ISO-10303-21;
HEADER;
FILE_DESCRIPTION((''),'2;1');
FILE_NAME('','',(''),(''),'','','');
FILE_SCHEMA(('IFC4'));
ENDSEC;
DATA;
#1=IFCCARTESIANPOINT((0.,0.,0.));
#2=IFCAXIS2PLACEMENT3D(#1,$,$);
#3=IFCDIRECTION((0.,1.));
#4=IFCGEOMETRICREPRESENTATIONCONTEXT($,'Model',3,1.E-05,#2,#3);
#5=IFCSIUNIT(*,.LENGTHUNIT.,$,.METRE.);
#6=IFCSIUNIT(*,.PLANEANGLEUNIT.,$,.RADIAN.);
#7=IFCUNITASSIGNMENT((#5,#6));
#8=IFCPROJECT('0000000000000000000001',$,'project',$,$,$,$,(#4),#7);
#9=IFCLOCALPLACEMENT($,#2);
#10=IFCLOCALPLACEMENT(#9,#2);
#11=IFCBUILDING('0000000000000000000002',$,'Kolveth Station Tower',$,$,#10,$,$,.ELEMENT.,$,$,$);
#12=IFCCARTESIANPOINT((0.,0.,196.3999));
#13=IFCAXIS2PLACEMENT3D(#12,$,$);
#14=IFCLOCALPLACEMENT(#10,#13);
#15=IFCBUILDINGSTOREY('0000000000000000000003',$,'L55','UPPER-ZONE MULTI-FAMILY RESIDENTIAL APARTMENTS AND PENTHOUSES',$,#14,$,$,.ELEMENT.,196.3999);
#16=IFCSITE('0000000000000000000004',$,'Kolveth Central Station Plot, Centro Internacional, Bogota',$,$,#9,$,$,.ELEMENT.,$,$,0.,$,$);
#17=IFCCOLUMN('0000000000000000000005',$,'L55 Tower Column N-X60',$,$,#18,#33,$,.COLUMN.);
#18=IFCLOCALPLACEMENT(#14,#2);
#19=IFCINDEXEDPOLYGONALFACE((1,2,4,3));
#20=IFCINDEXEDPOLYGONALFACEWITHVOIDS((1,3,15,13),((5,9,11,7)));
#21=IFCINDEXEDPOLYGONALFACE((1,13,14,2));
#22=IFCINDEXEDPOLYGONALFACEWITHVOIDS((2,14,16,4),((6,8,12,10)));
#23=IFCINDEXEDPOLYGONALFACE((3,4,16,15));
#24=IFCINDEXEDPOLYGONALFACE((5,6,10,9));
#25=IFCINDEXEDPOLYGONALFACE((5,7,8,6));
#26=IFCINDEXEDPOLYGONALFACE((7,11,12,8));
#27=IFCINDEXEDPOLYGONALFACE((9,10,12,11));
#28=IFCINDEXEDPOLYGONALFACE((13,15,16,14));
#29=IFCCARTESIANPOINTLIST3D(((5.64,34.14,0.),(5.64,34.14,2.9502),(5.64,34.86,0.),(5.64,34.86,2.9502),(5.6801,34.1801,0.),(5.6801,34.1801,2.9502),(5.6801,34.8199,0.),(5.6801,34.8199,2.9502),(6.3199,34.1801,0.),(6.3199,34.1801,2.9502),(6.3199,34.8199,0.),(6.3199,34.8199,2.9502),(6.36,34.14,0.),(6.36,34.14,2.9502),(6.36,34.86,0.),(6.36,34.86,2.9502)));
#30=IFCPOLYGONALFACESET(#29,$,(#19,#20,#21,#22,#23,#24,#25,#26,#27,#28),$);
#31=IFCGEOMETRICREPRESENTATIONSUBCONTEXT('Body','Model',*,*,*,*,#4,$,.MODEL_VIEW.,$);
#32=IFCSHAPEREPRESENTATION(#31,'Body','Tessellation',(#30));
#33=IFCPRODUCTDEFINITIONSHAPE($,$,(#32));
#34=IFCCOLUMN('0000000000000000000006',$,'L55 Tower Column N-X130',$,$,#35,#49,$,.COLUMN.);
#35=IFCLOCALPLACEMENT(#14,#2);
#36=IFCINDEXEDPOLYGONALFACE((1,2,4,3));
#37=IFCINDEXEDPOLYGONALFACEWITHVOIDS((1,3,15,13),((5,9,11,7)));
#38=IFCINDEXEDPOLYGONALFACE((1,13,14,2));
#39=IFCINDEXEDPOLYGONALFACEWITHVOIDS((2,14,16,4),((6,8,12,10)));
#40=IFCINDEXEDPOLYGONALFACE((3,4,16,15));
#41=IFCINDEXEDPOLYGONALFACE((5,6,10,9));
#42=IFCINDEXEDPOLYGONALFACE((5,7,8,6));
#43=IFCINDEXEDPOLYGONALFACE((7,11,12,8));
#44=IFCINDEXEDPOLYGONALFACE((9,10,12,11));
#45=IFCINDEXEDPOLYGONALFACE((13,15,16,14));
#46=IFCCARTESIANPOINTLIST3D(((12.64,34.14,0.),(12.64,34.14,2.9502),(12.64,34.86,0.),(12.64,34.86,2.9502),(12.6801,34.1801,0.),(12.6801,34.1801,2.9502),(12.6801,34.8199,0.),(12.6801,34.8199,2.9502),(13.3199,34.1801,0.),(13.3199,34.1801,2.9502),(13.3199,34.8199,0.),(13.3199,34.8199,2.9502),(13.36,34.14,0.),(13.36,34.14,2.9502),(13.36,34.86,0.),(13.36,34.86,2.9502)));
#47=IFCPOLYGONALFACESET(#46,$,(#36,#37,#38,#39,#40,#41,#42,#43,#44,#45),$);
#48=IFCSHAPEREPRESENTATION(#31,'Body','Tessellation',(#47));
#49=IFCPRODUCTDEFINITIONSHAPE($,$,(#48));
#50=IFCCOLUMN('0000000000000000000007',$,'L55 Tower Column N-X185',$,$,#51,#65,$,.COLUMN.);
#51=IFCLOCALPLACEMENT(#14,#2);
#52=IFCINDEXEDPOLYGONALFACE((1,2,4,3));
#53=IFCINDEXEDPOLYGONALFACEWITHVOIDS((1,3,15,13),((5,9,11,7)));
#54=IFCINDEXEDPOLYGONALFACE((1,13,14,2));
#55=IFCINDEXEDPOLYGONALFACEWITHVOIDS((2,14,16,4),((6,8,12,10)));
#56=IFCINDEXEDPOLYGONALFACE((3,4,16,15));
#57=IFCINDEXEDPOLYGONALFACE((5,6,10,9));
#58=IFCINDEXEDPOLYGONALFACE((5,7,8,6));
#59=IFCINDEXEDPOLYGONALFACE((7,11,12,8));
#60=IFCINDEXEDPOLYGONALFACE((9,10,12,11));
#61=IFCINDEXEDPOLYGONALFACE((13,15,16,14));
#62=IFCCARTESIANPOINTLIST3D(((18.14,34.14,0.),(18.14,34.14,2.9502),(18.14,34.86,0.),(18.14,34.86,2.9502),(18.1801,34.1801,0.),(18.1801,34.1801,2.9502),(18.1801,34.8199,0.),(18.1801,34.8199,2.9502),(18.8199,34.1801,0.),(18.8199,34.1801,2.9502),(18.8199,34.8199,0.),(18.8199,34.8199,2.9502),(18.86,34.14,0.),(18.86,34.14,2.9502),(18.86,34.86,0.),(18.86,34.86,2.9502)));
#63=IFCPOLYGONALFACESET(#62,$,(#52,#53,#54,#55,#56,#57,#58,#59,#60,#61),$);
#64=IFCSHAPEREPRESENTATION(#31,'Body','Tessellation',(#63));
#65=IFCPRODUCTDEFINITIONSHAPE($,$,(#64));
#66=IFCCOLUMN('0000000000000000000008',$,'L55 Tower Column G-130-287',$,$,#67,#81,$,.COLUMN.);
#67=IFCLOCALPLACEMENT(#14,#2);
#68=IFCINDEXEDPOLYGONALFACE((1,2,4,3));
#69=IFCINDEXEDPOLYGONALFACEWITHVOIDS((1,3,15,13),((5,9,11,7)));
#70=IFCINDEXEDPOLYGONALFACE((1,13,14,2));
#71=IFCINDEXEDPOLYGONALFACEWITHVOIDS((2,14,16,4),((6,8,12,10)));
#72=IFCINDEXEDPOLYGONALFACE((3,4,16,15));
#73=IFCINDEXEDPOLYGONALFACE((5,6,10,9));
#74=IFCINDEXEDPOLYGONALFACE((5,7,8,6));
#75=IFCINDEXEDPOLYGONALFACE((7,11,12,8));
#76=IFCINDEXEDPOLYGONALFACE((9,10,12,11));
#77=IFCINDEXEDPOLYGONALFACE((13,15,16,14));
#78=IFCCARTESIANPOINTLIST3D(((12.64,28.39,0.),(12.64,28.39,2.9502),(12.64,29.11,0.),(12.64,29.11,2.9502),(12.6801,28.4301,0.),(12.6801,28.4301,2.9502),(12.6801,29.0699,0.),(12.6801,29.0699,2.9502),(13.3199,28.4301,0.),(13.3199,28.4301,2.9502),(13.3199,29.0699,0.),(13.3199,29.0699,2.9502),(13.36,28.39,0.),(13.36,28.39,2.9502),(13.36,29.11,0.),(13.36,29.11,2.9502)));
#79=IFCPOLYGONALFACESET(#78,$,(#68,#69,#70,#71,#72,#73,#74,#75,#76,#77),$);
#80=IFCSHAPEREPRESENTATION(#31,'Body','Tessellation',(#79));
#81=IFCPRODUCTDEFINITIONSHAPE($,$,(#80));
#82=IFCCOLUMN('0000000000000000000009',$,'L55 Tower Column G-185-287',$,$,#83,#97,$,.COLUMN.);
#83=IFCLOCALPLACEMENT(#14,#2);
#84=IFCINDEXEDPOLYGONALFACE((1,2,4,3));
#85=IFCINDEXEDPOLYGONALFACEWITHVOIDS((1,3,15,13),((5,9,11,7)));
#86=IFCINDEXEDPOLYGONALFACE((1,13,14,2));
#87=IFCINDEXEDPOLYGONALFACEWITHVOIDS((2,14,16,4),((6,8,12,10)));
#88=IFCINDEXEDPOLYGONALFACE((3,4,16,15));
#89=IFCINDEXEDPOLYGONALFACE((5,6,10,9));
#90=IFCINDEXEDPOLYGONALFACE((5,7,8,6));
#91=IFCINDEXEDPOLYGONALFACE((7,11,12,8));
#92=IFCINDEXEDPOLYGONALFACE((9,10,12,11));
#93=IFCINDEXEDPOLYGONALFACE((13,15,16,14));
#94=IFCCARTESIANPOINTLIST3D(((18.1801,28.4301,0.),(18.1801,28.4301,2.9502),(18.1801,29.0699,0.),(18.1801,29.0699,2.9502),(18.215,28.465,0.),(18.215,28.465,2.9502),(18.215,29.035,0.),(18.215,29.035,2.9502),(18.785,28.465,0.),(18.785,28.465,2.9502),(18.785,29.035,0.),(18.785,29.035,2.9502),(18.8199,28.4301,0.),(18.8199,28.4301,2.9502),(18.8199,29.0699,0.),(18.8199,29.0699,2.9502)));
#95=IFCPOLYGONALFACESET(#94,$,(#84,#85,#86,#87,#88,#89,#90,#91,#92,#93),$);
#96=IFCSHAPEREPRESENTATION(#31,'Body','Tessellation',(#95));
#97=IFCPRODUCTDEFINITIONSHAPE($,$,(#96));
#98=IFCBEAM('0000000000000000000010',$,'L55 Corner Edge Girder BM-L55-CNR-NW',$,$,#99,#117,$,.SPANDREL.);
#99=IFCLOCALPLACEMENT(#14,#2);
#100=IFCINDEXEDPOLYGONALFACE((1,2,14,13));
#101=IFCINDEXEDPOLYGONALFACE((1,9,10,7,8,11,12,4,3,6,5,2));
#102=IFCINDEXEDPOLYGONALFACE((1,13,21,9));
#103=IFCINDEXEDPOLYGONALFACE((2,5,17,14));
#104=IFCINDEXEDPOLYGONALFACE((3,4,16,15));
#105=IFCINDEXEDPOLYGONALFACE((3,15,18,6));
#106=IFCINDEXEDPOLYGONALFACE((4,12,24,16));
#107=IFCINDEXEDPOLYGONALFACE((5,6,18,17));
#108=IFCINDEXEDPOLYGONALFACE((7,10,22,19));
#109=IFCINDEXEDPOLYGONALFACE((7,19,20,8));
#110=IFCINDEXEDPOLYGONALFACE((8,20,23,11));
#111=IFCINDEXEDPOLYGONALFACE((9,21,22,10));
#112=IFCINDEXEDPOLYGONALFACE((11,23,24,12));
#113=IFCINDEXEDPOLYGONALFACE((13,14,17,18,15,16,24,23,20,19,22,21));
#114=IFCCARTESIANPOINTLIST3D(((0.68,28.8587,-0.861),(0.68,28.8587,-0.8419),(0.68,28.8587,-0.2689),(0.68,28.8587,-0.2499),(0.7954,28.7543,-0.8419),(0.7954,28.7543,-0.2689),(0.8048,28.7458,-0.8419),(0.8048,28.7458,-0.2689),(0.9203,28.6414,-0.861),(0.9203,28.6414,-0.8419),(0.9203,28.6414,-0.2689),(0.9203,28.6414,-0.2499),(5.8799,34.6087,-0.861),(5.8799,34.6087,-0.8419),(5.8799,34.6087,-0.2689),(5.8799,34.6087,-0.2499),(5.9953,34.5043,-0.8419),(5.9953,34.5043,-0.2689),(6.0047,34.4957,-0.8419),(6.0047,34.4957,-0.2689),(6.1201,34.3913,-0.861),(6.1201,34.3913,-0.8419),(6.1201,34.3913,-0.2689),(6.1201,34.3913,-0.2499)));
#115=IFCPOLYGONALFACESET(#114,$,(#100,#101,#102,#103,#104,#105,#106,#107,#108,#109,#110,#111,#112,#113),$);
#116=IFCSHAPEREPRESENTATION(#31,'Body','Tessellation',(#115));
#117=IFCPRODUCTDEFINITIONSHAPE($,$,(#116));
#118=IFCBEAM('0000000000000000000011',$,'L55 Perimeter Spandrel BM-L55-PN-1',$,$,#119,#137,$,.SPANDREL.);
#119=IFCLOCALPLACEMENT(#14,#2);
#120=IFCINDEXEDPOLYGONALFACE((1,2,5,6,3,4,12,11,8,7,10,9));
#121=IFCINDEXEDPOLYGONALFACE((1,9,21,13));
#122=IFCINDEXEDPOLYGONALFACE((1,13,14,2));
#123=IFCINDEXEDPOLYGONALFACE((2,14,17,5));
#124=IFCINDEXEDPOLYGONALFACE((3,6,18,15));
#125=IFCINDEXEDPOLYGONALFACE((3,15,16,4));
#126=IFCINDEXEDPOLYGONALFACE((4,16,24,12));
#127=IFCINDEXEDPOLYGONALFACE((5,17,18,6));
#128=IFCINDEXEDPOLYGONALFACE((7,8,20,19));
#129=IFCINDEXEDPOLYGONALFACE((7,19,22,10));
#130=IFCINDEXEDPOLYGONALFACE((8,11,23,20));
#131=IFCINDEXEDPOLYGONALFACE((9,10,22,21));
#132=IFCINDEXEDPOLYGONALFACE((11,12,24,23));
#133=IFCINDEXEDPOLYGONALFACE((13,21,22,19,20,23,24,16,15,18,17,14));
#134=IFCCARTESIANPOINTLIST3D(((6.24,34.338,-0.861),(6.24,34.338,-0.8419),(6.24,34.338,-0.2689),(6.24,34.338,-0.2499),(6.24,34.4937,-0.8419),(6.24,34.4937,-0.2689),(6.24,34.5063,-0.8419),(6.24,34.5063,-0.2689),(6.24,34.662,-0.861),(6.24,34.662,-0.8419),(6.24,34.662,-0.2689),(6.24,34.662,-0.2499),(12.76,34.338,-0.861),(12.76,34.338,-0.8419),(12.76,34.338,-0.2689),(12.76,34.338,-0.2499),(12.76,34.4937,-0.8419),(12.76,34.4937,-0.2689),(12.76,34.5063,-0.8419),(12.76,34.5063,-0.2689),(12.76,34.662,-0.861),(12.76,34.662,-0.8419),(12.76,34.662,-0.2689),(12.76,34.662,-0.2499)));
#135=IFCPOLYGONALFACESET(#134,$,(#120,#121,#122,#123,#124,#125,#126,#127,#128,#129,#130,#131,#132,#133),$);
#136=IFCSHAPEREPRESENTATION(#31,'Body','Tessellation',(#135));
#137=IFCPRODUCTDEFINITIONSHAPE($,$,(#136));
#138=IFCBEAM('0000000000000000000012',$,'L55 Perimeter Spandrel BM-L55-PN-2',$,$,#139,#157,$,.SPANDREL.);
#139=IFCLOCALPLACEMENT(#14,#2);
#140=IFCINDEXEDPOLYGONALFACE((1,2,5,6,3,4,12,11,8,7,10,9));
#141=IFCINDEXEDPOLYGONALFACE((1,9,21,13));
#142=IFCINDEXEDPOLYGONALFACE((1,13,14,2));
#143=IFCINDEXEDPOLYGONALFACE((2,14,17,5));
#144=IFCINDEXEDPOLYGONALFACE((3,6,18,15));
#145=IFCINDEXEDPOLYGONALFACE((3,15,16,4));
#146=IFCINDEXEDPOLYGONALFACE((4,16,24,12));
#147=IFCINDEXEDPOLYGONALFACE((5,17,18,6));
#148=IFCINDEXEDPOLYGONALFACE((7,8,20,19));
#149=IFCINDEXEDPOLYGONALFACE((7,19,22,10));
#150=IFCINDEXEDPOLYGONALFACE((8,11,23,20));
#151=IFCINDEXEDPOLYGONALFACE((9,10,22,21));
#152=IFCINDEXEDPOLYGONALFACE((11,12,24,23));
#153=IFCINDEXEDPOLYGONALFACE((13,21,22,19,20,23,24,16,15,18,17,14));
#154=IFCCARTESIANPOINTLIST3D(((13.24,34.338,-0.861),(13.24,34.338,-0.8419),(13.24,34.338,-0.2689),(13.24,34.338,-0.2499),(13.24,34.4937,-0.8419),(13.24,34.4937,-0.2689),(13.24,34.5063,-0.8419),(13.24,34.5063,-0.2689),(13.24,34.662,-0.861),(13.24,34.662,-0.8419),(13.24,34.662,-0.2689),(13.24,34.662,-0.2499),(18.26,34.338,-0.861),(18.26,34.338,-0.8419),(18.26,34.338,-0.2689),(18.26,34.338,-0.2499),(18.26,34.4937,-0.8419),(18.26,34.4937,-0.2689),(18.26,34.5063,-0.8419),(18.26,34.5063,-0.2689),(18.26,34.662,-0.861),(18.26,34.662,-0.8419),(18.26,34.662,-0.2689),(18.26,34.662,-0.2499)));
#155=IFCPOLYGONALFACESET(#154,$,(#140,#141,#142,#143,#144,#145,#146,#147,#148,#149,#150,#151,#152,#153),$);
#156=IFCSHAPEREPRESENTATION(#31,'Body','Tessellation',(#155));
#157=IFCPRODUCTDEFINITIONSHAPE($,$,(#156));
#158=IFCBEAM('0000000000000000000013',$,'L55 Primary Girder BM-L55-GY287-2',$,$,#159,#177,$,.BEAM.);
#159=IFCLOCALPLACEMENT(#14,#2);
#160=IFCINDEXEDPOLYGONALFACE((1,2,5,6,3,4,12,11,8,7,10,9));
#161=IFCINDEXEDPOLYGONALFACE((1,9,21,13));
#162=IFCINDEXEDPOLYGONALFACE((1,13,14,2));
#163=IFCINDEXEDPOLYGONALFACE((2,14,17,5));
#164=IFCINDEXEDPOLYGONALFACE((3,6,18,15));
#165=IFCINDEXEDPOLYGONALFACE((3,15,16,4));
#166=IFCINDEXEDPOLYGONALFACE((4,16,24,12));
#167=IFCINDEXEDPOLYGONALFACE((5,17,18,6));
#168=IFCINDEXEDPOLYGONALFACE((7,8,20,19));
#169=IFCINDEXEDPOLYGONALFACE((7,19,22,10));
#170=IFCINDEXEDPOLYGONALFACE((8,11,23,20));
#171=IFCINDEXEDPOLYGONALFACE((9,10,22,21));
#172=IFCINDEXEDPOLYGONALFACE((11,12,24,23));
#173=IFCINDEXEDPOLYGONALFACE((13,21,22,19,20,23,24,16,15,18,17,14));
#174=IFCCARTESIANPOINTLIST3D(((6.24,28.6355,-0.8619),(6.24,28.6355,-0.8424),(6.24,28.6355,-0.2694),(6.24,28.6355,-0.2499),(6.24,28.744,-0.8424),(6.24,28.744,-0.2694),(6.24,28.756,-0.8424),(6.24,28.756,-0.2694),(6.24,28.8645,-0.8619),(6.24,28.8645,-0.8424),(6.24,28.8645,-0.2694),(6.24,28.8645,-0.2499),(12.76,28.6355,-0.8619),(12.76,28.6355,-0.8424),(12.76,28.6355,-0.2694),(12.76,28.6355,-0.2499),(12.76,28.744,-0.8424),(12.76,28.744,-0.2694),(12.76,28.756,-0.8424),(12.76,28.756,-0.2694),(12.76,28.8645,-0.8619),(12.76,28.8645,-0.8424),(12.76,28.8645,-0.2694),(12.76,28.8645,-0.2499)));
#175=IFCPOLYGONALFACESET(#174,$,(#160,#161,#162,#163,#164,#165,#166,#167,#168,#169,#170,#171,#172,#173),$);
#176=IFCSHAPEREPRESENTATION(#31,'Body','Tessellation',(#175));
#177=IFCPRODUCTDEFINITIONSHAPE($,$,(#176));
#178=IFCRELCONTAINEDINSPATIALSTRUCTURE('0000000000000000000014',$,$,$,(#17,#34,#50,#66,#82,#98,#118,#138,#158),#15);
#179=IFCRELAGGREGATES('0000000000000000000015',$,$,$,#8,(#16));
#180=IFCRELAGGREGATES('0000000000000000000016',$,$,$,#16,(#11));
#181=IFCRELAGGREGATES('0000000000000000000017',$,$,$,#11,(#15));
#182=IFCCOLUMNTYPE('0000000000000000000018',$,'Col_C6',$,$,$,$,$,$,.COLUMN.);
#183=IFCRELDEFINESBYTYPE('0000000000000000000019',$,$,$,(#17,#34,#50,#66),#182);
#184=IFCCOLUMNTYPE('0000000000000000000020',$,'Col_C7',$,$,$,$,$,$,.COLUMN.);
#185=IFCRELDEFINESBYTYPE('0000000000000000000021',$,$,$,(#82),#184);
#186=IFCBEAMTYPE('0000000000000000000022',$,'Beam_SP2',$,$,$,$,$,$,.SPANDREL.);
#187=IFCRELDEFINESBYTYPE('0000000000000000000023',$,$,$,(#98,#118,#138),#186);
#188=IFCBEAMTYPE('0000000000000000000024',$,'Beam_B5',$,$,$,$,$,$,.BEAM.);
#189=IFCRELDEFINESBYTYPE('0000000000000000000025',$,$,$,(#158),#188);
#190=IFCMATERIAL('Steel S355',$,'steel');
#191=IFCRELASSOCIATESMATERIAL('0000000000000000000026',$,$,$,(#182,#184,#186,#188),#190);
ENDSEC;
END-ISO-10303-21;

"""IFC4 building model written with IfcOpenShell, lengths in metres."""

from ifc_helpers import new_model, si_unit, direction, frame, origin, origin_2d, place, context, subcontext, project, spatial, hollow_rectangle, i_section, extrude, source, transform, mapped, material, material_profile, profile_set, type_object, element, save


model = new_model("IFC4")

# Units and contexts
model_context = context("Model", 3, precision=1e-05, world=origin(), true_north=direction((0.0, 1.0)))
body_context = subcontext(model_context, "Body", "Model", "MODEL_VIEW")
ifc_project = project(units=[si_unit("LENGTHUNIT", "METRE"), si_unit("PLANEANGLEUNIT", "RADIAN")], contexts=[model_context])

# Site, building, storey
site_placement = place(None, origin())
site = spatial("IfcSite", under=ifc_project, at=site_placement, Name="Kolveth Central Station Plot, Centro Internacional, Bogota", CompositionType="ELEMENT", RefElevation=0.0)
building_placement = place(site_placement, origin())
building = spatial("IfcBuilding", under=site, at=building_placement, Name="Kolveth Station Tower", CompositionType="ELEMENT")
storey_placement = place(building_placement, frame((0.0, 0.0, 196.3999)))
storey = spatial("IfcBuildingStorey", under=building, at=storey_placement, Name="L55", Description="UPPER-ZONE MULTI-FAMILY RESIDENTIAL APARTMENTS AND PENTHOUSES", CompositionType="ELEMENT", Elevation=196.3999)

# Columns
ifc_material_1 = material(Name="Steel S355", Category="steel")
ifc_material_profile_1 = material_profile(ifc_material_1, hollow_rectangle(XDim=0.72, YDim=0.72, WallThickness=0.04, at=origin_2d()), Name="BOX720x720x40")
ifc_profile_set_1 = profile_set([ifc_material_profile_1], Name="Steel S355")
column_type_1 = type_object("IfcColumnType", Name="Col_C6", PredefinedType="COLUMN", material=ifc_profile_set_1)
shared_shape_1 = source(origin(), body_context, "Body", "SweptSolid", [
    extrude(hollow_rectangle(XDim=0.72, YDim=0.72, WallThickness=0.04, at=origin_2d()), origin(), (0.0, 0.0, 1.0), 2.9502),
])
for number, where, z_axis, x_axis, name in (
    (1, (6.0, 34.5, 0.0), (0.0, 0.0, 1.0), (1.0, 0.0, 0.0), "L55 Tower Column N-X60"),
    (2, (13.0, 34.5, 0.0), (0.0, 0.0, 1.0), (1.0, 0.0, 0.0), "L55 Tower Column N-X130"),
    (3, (18.5, 34.5, 0.0), (0.0, 0.0, 1.0), (1.0, 0.0, 0.0), "L55 Tower Column N-X185"),
    (4, (13.0, 28.75, 0.0), (0.0, 0.0, 1.0), (1.0, 0.0, 0.0), "L55 Tower Column G-130-287"),
):
    element("IfcColumn", number, at=place(storey_placement, frame(where, z_axis=z_axis, x_axis=x_axis)), inside=storey, type_object=column_type_1, Name=name, PredefinedType="COLUMN", context=body_context, shape_type="MappedRepresentation", body=[
        mapped(shared_shape_1, transform((0.0, 0.0, 0.0), x_axis=(1.0, 0.0, 0.0), y_axis=(0.0, 1.0, 0.0), z_axis=(0.0, 0.0, 1.0), scale=1.0)),
    ])
ifc_material_profile_2 = material_profile(ifc_material_1, hollow_rectangle(XDim=0.6399, YDim=0.6399, WallThickness=0.0349, at=origin_2d()), Name="BOX640x640x35")
ifc_profile_set_2 = profile_set([ifc_material_profile_2], Name="Steel S355")
column_type_2 = type_object("IfcColumnType", Name="Col_C7", PredefinedType="COLUMN", material=ifc_profile_set_2)
shared_shape_2 = source(origin(), body_context, "Body", "SweptSolid", [
    extrude(hollow_rectangle(XDim=0.6399, YDim=0.6399, WallThickness=0.0349, at=origin_2d()), origin(), (0.0, 0.0, 1.0), 2.9502),
])
column_placement = place(storey_placement, frame((18.5, 28.75, 0.0), z_axis=(0.0, 0.0, 1.0), x_axis=(1.0, 0.0, 0.0)))
element("IfcColumn", 5, at=column_placement, inside=storey, type_object=column_type_2, Name="L55 Tower Column G-185-287", PredefinedType="COLUMN", context=body_context, shape_type="MappedRepresentation", body=[
    mapped(shared_shape_2, transform((0.0, 0.0, 0.0), x_axis=(1.0, 0.0, 0.0), y_axis=(0.0, 1.0, 0.0), z_axis=(0.0, 0.0, 1.0), scale=1.0)),
])

# Beams
ifc_material_profile_3 = material_profile(ifc_material_1, i_section(OverallWidth=0.324, OverallDepth=0.6111, WebThickness=0.0127, FlangeThickness=0.019, at=origin_2d()), Name="W610x155")
ifc_profile_set_3 = profile_set([ifc_material_profile_3], Name="Steel S355")
beam_type_1 = type_object("IfcBeamType", Name="Beam_SP2", PredefinedType="SPANDREL", material=ifc_profile_set_3)
shared_shape_3 = source(origin(), body_context, "Body", "SweptSolid", [
    extrude(i_section(OverallWidth=0.324, OverallDepth=0.6111, WebThickness=0.0127, FlangeThickness=0.019, at=origin_2d()), origin(), (0.0, 0.0, 1.0), 7.7524),
])
beam_1_placement = place(storey_placement, frame((6.0, 34.5, -0.5554), z_axis=(-0.670741, -0.741692, 0.0), x_axis=(0.741692, -0.670741, 0.0)))
element("IfcBeam", 6, at=beam_1_placement, inside=storey, type_object=beam_type_1, Name="L55 Corner Edge Girder BM-L55-CNR-NW", PredefinedType="SPANDREL", context=body_context, shape_type="MappedRepresentation", body=[
    mapped(shared_shape_3, transform((0.0, 0.0, 0.0), x_axis=(1.0, 0.0, 0.0), y_axis=(0.0, 1.0, 0.0), z_axis=(0.0, 0.0, 1.0), scale=1.0)),
])
shared_shape_4 = source(origin(), body_context, "Body", "SweptSolid", [
    extrude(i_section(OverallWidth=0.324, OverallDepth=0.6111, WebThickness=0.0127, FlangeThickness=0.019, at=origin_2d()), origin(), (0.0, 0.0, 1.0), 6.52),
])
beam_2_placement = place(storey_placement, frame((6.24, 34.5, -0.5554), z_axis=(1.0, 0.0, 0.0), x_axis=(0.0, 1.0, 0.0)))
element("IfcBeam", 7, at=beam_2_placement, inside=storey, type_object=beam_type_1, Name="L55 Perimeter Spandrel BM-L55-PN-1", PredefinedType="SPANDREL", context=body_context, shape_type="MappedRepresentation", body=[
    mapped(shared_shape_4, transform((0.0, 0.0, 0.0), x_axis=(1.0, 0.0, 0.0), y_axis=(0.0, 1.0, 0.0), z_axis=(0.0, 0.0, 1.0), scale=1.0)),
])
shared_shape_5 = source(origin(), body_context, "Body", "SweptSolid", [
    extrude(i_section(OverallWidth=0.324, OverallDepth=0.6111, WebThickness=0.0127, FlangeThickness=0.019, at=origin_2d()), origin(), (0.0, 0.0, 1.0), 5.02),
])
beam_3_placement = place(storey_placement, frame((13.24, 34.5, -0.5554), z_axis=(1.0, 0.0, 0.0), x_axis=(0.0, 1.0, 0.0)))
element("IfcBeam", 8, at=beam_3_placement, inside=storey, type_object=beam_type_1, Name="L55 Perimeter Spandrel BM-L55-PN-2", PredefinedType="SPANDREL", context=body_context, shape_type="MappedRepresentation", body=[
    mapped(shared_shape_5, transform((0.0, 0.0, 0.0), x_axis=(1.0, 0.0, 0.0), y_axis=(0.0, 1.0, 0.0), z_axis=(0.0, 0.0, 1.0), scale=1.0)),
])
ifc_material_profile_4 = material_profile(ifc_material_1, i_section(OverallWidth=0.229, OverallDepth=0.6121, WebThickness=0.012, FlangeThickness=0.0195, at=origin_2d()), Name="W610x125")
ifc_profile_set_4 = profile_set([ifc_material_profile_4], Name="Steel S355")
beam_type_2 = type_object("IfcBeamType", Name="Beam_B5", PredefinedType="BEAM", material=ifc_profile_set_4)
shared_shape_6 = source(origin(), body_context, "Body", "SweptSolid", [
    extrude(i_section(OverallWidth=0.229, OverallDepth=0.6121, WebThickness=0.012, FlangeThickness=0.0195, at=origin_2d()), origin(), (0.0, 0.0, 1.0), 6.52),
])
beam_4_placement = place(storey_placement, frame((6.24, 28.75, -0.5559), z_axis=(1.0, 0.0, 0.0), x_axis=(0.0, 1.0, 0.0)))
element("IfcBeam", 9, at=beam_4_placement, inside=storey, type_object=beam_type_2, Name="L55 Primary Girder BM-L55-GY287-2", PredefinedType="BEAM", context=body_context, shape_type="MappedRepresentation", body=[
    mapped(shared_shape_6, transform((0.0, 0.0, 0.0), x_axis=(1.0, 0.0, 0.0), y_axis=(0.0, 1.0, 0.0), z_axis=(0.0, 0.0, 1.0), scale=1.0)),
])

save(model, "model.ifc")
